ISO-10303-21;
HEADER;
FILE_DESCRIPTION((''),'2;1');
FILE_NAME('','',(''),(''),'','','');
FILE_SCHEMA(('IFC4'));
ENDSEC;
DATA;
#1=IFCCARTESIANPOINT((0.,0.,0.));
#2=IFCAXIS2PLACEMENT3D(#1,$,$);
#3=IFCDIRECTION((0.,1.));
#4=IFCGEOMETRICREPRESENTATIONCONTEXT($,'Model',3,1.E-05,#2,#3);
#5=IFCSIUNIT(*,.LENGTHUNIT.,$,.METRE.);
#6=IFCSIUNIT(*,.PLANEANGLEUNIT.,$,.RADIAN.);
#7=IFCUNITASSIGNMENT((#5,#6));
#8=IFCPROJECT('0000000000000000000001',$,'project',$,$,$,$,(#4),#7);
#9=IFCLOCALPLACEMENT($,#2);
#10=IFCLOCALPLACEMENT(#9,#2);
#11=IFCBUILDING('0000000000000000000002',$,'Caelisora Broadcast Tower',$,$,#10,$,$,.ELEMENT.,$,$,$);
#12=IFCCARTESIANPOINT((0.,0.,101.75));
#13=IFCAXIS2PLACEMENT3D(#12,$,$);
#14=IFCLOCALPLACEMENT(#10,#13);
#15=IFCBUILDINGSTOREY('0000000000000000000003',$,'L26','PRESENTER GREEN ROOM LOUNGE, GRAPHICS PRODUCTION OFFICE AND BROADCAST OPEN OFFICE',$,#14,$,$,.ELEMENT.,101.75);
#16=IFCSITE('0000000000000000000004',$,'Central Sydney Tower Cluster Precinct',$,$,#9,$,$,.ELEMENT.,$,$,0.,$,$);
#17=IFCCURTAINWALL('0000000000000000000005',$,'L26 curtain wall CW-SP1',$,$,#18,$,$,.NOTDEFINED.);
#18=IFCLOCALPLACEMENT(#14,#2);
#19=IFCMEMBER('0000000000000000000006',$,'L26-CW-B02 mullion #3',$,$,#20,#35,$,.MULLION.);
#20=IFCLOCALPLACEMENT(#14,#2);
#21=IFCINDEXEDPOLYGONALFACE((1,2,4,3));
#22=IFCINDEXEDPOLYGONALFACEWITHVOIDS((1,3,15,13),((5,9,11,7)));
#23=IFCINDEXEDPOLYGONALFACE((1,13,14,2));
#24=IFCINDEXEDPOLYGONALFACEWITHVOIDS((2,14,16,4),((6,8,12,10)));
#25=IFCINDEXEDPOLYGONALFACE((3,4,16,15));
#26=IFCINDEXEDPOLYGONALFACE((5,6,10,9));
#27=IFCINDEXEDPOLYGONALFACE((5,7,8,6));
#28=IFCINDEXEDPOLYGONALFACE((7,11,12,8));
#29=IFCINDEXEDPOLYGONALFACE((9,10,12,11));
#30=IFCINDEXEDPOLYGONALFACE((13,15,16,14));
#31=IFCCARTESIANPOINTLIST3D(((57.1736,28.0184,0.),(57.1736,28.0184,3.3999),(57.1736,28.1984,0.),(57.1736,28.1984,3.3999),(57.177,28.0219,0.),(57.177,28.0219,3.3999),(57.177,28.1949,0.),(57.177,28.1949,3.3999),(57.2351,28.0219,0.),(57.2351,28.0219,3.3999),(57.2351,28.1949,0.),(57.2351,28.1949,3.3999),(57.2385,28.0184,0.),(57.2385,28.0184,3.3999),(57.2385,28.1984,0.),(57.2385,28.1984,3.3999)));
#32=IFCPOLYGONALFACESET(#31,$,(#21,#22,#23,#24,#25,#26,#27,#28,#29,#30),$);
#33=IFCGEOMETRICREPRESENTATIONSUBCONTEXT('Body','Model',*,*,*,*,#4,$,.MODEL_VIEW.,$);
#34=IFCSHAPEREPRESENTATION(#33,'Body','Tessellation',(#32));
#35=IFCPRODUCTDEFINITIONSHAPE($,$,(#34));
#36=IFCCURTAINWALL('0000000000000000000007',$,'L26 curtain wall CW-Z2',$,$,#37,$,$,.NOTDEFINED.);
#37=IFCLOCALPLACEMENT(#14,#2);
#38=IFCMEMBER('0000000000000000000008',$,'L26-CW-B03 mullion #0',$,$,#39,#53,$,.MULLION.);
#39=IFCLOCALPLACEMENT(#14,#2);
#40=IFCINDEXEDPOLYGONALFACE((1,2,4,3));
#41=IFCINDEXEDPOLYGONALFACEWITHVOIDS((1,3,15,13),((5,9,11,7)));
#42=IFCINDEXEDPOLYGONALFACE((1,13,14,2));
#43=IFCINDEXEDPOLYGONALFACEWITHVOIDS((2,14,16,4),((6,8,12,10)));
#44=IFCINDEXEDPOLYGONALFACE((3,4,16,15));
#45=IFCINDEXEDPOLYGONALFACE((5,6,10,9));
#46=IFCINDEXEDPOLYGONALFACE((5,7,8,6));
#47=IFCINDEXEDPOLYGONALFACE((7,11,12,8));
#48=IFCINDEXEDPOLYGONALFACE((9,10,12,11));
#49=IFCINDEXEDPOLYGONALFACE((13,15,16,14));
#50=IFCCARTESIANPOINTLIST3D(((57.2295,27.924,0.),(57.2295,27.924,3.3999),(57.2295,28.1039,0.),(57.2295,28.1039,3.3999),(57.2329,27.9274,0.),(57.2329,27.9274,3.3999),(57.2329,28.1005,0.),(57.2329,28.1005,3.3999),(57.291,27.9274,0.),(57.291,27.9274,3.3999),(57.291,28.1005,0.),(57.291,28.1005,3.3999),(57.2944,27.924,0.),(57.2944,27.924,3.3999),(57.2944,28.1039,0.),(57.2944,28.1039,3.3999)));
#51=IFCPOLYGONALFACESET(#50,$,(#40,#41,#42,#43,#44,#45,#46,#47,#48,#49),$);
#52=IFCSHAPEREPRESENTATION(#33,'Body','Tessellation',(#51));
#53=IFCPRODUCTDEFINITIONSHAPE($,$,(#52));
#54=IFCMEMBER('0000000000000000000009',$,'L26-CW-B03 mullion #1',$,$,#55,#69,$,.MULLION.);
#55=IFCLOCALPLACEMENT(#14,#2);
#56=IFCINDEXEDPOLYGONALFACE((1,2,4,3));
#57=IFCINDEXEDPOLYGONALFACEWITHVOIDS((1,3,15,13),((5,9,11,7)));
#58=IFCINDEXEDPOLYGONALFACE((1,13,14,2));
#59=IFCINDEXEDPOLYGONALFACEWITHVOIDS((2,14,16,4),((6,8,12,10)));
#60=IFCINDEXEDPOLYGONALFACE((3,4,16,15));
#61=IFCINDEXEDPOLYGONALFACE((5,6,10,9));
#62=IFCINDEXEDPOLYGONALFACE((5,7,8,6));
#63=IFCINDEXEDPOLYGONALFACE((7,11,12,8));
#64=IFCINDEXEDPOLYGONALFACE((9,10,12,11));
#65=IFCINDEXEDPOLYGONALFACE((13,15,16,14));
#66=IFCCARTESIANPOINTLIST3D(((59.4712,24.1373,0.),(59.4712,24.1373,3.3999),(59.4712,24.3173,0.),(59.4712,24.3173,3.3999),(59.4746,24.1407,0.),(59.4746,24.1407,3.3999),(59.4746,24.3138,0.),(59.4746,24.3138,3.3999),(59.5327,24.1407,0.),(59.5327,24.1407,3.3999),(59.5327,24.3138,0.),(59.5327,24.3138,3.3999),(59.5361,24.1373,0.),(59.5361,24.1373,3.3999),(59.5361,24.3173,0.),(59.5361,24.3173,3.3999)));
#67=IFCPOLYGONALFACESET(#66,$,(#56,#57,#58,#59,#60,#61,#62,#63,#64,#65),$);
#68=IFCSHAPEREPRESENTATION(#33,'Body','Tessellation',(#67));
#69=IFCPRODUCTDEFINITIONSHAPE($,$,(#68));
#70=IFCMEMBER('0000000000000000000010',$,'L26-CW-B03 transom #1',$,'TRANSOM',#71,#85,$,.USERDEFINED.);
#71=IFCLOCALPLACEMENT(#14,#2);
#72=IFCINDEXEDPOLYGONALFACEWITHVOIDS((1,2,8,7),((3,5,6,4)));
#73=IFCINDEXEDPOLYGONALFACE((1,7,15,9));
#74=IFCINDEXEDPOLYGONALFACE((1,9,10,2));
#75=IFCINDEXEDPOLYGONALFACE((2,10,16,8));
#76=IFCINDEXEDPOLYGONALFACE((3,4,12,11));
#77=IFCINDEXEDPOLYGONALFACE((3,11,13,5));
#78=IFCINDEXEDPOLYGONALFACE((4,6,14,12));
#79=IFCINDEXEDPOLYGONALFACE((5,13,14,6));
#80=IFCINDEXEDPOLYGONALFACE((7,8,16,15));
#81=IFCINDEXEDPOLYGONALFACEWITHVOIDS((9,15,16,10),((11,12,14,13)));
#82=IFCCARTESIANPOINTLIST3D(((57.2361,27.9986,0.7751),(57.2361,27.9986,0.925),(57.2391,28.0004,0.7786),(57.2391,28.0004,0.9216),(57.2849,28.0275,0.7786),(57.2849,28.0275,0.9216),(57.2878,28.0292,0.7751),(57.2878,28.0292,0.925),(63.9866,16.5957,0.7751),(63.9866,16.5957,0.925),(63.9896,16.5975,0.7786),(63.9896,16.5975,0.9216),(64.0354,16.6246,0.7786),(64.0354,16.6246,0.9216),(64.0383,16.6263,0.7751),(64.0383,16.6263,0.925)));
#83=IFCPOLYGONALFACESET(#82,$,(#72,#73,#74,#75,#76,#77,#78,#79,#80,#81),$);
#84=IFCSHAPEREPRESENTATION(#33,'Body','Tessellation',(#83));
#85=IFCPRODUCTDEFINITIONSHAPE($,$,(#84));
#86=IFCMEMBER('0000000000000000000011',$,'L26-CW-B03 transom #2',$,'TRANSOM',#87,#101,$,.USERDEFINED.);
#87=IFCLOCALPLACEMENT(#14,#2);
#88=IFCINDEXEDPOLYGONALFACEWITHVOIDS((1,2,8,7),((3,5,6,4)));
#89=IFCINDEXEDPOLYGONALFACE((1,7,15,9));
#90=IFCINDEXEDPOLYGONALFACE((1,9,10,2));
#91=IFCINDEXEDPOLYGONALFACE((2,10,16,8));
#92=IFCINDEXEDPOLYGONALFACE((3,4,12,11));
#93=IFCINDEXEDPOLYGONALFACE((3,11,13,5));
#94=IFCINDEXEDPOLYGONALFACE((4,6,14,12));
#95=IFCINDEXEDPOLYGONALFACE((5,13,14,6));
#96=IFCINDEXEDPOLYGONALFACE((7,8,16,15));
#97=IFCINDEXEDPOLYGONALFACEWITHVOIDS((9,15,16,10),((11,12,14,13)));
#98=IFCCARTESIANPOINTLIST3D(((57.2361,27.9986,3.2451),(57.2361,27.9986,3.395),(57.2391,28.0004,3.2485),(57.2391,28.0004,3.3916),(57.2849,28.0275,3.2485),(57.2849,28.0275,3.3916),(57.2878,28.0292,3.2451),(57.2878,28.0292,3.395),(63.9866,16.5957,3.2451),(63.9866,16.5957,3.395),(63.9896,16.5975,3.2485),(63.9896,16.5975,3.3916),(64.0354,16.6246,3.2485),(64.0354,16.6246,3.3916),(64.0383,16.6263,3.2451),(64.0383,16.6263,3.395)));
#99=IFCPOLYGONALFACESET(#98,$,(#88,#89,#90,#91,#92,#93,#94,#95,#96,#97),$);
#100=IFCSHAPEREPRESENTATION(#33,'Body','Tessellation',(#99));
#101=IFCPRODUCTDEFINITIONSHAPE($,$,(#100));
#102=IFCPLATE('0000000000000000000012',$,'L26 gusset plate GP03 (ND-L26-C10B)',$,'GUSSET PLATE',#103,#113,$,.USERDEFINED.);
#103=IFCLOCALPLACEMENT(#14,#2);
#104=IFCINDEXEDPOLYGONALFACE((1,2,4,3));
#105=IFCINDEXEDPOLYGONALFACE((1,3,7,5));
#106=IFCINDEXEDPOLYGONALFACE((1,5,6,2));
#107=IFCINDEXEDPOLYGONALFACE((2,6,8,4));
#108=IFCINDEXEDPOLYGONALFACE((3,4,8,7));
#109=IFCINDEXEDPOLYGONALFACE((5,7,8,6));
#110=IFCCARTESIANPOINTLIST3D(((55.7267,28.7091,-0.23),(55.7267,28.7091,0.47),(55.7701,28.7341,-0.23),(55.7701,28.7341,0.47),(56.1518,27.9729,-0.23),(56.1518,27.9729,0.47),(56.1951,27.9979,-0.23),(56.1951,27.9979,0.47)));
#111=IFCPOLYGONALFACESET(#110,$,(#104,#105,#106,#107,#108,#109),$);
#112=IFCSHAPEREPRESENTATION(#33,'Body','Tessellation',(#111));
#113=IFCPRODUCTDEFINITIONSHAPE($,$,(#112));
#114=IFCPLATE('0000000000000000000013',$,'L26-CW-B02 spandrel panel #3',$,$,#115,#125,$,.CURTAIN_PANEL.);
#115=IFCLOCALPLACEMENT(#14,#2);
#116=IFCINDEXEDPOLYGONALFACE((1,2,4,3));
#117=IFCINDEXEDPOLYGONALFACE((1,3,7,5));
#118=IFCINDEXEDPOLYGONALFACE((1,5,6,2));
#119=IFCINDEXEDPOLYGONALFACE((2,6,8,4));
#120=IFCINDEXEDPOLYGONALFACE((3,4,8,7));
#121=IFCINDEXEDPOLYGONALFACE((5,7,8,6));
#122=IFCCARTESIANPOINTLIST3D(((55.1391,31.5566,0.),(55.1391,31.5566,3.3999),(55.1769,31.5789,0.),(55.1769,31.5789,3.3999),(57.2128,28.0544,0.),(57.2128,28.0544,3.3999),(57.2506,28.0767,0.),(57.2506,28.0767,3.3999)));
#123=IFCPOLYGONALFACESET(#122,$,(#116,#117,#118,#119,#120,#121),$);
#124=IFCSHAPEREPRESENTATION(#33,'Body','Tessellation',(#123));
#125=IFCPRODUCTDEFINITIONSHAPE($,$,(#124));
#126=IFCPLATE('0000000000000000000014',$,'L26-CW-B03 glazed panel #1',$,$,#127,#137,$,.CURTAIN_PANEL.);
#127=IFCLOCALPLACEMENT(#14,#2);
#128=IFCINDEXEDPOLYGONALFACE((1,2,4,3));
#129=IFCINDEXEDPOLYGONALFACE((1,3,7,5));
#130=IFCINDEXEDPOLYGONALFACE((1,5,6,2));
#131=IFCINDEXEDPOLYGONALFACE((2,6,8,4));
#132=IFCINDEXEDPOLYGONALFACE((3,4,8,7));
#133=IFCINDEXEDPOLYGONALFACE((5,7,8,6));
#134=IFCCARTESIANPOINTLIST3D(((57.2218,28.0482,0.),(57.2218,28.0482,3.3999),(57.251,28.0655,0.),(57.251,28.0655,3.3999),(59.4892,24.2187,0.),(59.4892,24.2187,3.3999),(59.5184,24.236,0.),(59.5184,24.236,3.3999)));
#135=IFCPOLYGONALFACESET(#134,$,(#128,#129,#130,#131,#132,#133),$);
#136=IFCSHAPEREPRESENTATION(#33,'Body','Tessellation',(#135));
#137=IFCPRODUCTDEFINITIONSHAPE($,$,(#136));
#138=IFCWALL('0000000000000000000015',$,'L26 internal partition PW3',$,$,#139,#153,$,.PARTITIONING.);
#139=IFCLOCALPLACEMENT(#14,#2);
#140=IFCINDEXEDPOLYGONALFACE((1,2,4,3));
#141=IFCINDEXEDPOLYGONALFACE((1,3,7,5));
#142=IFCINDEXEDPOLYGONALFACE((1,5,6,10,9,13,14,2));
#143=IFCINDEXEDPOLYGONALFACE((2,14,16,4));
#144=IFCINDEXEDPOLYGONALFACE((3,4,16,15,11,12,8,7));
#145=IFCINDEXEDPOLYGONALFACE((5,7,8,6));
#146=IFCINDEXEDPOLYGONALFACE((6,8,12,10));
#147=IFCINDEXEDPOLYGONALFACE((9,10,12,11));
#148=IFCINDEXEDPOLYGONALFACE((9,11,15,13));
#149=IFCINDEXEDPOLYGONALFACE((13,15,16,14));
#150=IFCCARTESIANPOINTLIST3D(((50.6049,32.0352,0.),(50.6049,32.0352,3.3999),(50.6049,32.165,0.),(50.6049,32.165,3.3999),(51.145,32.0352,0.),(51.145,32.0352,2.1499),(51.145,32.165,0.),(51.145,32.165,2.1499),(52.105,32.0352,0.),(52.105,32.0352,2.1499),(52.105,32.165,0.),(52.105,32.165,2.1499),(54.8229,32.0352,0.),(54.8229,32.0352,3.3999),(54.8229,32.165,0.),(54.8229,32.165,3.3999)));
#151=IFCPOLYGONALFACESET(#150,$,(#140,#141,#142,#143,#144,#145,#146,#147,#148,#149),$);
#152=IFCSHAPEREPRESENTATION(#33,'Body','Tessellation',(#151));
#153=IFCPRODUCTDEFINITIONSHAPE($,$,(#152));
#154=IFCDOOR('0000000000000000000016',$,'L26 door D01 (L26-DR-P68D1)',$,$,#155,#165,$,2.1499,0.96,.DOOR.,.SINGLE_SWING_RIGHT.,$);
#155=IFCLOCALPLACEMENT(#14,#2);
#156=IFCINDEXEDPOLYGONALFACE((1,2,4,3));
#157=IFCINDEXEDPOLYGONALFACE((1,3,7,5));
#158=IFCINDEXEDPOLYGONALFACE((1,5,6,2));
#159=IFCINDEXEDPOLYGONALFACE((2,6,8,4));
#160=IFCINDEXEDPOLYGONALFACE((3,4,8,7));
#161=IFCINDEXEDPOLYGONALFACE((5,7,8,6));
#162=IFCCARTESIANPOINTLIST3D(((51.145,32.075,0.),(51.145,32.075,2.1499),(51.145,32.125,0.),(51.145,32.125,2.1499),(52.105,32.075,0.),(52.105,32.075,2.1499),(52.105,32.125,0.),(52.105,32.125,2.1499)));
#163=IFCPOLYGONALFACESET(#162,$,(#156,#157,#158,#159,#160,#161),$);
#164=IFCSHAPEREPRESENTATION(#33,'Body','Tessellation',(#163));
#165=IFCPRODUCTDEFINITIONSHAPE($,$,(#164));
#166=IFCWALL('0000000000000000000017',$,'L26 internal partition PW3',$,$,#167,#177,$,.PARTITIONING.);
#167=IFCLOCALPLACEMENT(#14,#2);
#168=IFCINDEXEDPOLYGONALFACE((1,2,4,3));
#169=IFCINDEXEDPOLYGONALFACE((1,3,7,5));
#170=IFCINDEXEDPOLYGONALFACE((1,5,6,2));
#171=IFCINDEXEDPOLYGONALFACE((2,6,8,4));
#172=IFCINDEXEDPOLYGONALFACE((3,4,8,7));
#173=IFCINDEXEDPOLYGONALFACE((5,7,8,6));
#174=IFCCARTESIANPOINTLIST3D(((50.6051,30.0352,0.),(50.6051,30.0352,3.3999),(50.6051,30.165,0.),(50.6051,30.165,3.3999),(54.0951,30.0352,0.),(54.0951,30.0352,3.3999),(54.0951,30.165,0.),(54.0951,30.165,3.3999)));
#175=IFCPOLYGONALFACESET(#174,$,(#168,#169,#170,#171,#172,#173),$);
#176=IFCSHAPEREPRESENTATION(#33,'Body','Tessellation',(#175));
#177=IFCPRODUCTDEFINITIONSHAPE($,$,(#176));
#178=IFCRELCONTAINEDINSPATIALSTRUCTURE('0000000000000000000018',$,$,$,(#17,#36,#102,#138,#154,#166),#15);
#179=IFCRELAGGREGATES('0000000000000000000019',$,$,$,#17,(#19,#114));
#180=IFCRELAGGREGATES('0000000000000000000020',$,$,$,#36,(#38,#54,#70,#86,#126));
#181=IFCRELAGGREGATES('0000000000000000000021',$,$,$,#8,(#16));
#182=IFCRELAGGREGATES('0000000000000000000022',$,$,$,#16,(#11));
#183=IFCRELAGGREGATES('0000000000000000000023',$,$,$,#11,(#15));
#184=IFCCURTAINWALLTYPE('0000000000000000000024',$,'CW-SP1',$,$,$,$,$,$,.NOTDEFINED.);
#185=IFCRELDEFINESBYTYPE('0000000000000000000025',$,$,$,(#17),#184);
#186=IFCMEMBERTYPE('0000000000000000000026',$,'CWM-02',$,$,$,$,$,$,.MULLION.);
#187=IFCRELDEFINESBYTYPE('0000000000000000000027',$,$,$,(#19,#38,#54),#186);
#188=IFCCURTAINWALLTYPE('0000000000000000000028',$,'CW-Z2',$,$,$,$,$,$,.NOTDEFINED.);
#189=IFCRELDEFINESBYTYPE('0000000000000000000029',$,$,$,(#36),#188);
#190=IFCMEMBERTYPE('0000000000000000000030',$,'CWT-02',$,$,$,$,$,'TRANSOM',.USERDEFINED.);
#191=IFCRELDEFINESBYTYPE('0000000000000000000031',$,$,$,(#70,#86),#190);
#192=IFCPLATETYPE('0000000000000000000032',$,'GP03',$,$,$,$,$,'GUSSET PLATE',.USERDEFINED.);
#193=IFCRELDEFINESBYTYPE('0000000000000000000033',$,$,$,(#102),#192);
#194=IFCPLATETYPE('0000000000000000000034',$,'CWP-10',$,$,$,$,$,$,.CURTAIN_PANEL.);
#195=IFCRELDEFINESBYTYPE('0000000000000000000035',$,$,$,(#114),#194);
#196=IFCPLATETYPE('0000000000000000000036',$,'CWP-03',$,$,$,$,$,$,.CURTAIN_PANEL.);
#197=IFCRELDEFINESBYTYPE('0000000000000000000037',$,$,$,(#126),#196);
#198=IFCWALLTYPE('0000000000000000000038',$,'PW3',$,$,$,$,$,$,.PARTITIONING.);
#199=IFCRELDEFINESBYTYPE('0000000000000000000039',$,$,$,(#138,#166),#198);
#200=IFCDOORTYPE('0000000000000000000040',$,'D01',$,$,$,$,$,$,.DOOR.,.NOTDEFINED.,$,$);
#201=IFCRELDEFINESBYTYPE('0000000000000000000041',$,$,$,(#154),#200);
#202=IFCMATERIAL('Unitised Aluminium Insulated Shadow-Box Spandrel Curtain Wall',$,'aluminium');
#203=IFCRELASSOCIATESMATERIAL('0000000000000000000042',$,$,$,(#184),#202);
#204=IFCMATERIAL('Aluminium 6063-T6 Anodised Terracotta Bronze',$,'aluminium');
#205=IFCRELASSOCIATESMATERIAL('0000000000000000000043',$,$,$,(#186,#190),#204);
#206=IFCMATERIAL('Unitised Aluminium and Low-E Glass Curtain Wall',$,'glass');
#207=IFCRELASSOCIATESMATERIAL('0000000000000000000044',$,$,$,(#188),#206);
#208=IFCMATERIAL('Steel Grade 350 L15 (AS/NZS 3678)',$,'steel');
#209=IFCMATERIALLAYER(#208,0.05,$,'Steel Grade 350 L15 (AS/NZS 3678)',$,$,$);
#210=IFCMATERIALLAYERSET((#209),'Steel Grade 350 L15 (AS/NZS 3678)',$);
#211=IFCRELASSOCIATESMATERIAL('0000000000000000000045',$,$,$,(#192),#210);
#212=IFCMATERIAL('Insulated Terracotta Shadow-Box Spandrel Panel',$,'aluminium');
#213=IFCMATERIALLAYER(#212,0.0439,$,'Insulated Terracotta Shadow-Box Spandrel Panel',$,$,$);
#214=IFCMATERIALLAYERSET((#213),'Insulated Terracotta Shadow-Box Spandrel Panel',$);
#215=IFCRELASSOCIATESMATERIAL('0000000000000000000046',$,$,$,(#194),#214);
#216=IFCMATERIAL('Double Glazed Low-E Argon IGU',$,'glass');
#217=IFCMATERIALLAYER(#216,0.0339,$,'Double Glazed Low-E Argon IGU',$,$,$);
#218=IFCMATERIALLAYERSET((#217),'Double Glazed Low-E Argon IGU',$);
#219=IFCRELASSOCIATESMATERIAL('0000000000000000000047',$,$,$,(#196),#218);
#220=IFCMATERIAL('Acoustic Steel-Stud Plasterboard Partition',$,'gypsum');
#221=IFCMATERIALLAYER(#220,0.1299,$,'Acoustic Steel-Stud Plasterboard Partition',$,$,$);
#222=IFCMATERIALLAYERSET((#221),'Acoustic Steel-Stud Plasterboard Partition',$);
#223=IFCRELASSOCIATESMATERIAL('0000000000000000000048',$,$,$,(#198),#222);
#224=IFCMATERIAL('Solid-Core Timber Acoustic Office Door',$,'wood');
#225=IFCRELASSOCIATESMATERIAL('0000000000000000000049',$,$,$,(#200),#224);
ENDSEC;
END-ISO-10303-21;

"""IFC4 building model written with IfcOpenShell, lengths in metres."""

from ifc_helpers import new_model, si_unit, direction, frame, frame_2d, origin, origin_2d, place, context, subcontext, project, spatial, rectangle, hollow_rectangle, extrude, source, transform, mapped, material, layer, layer_set, material_profile, profile_set, type_object, type_shapes, element, fill, aggregate, save


model = new_model("IFC4")

# Units and contexts
model_context = context("Model", 3, precision=1e-05, world=origin(), true_north=direction((0.0, 1.0)))
body_context = subcontext(model_context, "Body", "Model", "MODEL_VIEW")
ifc_project = project(units=[si_unit("LENGTHUNIT", "METRE"), si_unit("PLANEANGLEUNIT", "RADIAN")], contexts=[model_context])

# Site, building, storey
site_placement = place(None, origin())
site = spatial("IfcSite", under=ifc_project, at=site_placement, Name="Central Sydney Tower Cluster Precinct", CompositionType="ELEMENT", RefElevation=0.0)
building_placement = place(site_placement, origin())
building = spatial("IfcBuilding", under=site, at=building_placement, Name="Caelisora Broadcast Tower", CompositionType="ELEMENT")
storey_placement = place(building_placement, frame((0.0, 0.0, 101.75)))
storey = spatial("IfcBuildingStorey", under=building, at=storey_placement, Name="L26", Description="PRESENTER GREEN ROOM LOUNGE, GRAPHICS PRODUCTION OFFICE AND BROADCAST OPEN OFFICE", CompositionType="ELEMENT", Elevation=101.75)

# Shared definitions
ifc_material_1 = material(Name="Steel Grade 350 L15 (AS/NZS 3678)", Category="steel")

# Curtain walls, members
ifc_material_2 = material(Name="Unitised Aluminium Insulated Shadow-Box Spandrel Curtain Wall", Category="aluminium")
curtain_wall_type_1 = type_object("IfcCurtainWallType", Name="CW-SP1", PredefinedType="NOTDEFINED", material=ifc_material_2)
curtain_wall_1_placement = place(storey_placement, origin())
curtain_wall_1 = element("IfcCurtainWall", 1, at=curtain_wall_1_placement, inside=storey, type_object=curtain_wall_type_1, Name="L26 curtain wall CW-SP1", PredefinedType="NOTDEFINED")
ifc_material_3 = material(Name="Aluminium 6063-T6 Anodised Terracotta Bronze", Category="aluminium")
ifc_material_profile_1 = material_profile(ifc_material_3, hollow_rectangle(XDim=0.0649, YDim=0.1799, WallThickness=0.0034, at=origin_2d()), Name="Aluminium 6063-T6 Anodised Terracotta Bronze")
ifc_profile_set_1 = profile_set([ifc_material_profile_1], Name="Aluminium 6063-T6 Anodised Terracotta Bronze")
member_type_1 = type_object("IfcMemberType", Name="CWM-02", PredefinedType="MULLION", material=ifc_profile_set_1)
shared_shape_1 = source(origin(), body_context, "Body", "SweptSolid", [
    extrude(hollow_rectangle(XDim=0.0649, YDim=0.1799, WallThickness=0.0034, at=origin_2d()), origin(), (0.0, 0.0, 1.0), 3.3999),
])
type_shapes(member_type_1, [shared_shape_1])
member_1_placement = place(storey_placement, frame((57.2061, 28.1084, 0.0), z_axis=(0.0, 0.0, 1.0), x_axis=(1.0, 0.0, 0.0)))
member_1 = element("IfcMember", 2, at=member_1_placement, type_object=member_type_1, Name="L26-CW-B02 mullion #3", PredefinedType="MULLION", context=body_context, shape_type="MappedRepresentation", body=[
    mapped(shared_shape_1, transform((0.0, 0.0, 0.0), scale=1.0)),
])
ifc_material_4 = material(Name="Unitised Aluminium and Low-E Glass Curtain Wall", Category="glass")
curtain_wall_type_2 = type_object("IfcCurtainWallType", Name="CW-Z2", PredefinedType="NOTDEFINED", material=ifc_material_4)
curtain_wall_2_placement = place(storey_placement, origin())
curtain_wall_2 = element("IfcCurtainWall", 3, at=curtain_wall_2_placement, inside=storey, type_object=curtain_wall_type_2, Name="L26 curtain wall CW-Z2", PredefinedType="NOTDEFINED")
member_2_placement = place(storey_placement, frame((57.262, 28.0139, 0.0), z_axis=(0.0, 0.0, 1.0), x_axis=(1.0, 0.0, 0.0)))
member_2 = element("IfcMember", 4, at=member_2_placement, type_object=member_type_1, Name="L26-CW-B03 mullion #0", PredefinedType="MULLION", context=body_context, shape_type="MappedRepresentation", body=[
    mapped(shared_shape_1, transform((0.0, 0.0, 0.0), scale=1.0)),
])
member_3_placement = place(storey_placement, frame((59.5037, 24.2273, 0.0), z_axis=(0.0, 0.0, 1.0), x_axis=(1.0, 0.0, 0.0)))
member_3 = element("IfcMember", 5, at=member_3_placement, type_object=member_type_1, Name="L26-CW-B03 mullion #1", PredefinedType="MULLION", context=body_context, shape_type="MappedRepresentation", body=[
    mapped(shared_shape_1, transform((0.0, 0.0, 0.0), scale=1.0)),
])
ifc_material_profile_2 = material_profile(ifc_material_3, hollow_rectangle(XDim=0.0601, YDim=0.1499, WallThickness=0.0034, at=origin_2d()), Name="Aluminium 6063-T6 Anodised Terracotta Bronze")
ifc_profile_set_2 = profile_set([ifc_material_profile_2], Name="Aluminium 6063-T6 Anodised Terracotta Bronze")
member_type_2 = type_object("IfcMemberType", Name="CWT-02", ElementType="TRANSOM", PredefinedType="USERDEFINED", material=ifc_profile_set_2)
shared_shape_2 = source(origin(), body_context, "Body", "SweptSolid", [
    extrude(hollow_rectangle(XDim=0.0601, YDim=0.1499, WallThickness=0.0034, at=origin_2d()), origin(), (0.0, 0.0, 1.0), 13.2512),
])
type_shapes(member_type_2, [shared_shape_2])
member_4_placement = place(storey_placement, frame((57.262, 28.0139, 0.8501), z_axis=(0.509426, -0.860515, 0.0), x_axis=(0.860515, 0.509426, 0.0)))
member_4 = element("IfcMember", 6, at=member_4_placement, type_object=member_type_2, Name="L26-CW-B03 transom #1", ObjectType="TRANSOM", PredefinedType="USERDEFINED", context=body_context, shape_type="MappedRepresentation", body=[
    mapped(shared_shape_2, transform((0.0, 0.0, 0.0), scale=1.0)),
])
member_5_placement = place(storey_placement, frame((57.262, 28.0139, 3.3201), z_axis=(0.509426, -0.860515, 0.0), x_axis=(0.860515, 0.509426, 0.0)))
member_5 = element("IfcMember", 7, at=member_5_placement, type_object=member_type_2, Name="L26-CW-B03 transom #2", ObjectType="TRANSOM", PredefinedType="USERDEFINED", context=body_context, shape_type="MappedRepresentation", body=[
    mapped(shared_shape_2, transform((0.0, 0.0, 0.0), scale=1.0)),
])

# Plates
ifc_layer_1 = layer(ifc_material_1, 0.05, Name="Steel Grade 350 L15 (AS/NZS 3678)")
ifc_layer_set_1 = layer_set([ifc_layer_1], Name="Steel Grade 350 L15 (AS/NZS 3678)")
plate_type_1 = type_object("IfcPlateType", Name="GP03", ElementType="GUSSET PLATE", PredefinedType="USERDEFINED", material=ifc_layer_set_1)
shared_shape_3 = source(origin(), body_context, "Body", "SweptSolid", [
    extrude(rectangle(XDim=0.8501, YDim=0.05, at=origin_2d()), origin(), (0.0, 0.0, 1.0), 0.7),
])
type_shapes(plate_type_1, [shared_shape_3])
plate_1_placement = place(storey_placement, frame((55.9609, 28.3535, -0.23), z_axis=(0.0, 0.0, 1.0), x_axis=(-0.5, 0.866025, 0.0)))
element("IfcPlate", 8, at=plate_1_placement, inside=storey, type_object=plate_type_1, Name="L26 gusset plate GP03 (ND-L26-C10B)", ObjectType="GUSSET PLATE", PredefinedType="USERDEFINED", context=body_context, shape_type="MappedRepresentation", body=[
    mapped(shared_shape_3, transform((0.0, 0.0, 0.0), scale=1.0)),
])
ifc_material_5 = material(Name="Insulated Terracotta Shadow-Box Spandrel Panel", Category="aluminium")
ifc_layer_2 = layer(ifc_material_5, 0.0439, Name="Insulated Terracotta Shadow-Box Spandrel Panel")
ifc_layer_set_2 = layer_set([ifc_layer_2], Name="Insulated Terracotta Shadow-Box Spandrel Panel")
plate_type_2 = type_object("IfcPlateType", Name="CWP-10", PredefinedType="CURTAIN_PANEL", material=ifc_layer_set_2)
shared_shape_4 = source(origin(), body_context, "Body", "SweptSolid", [
    extrude(rectangle(XDim=4.0701, YDim=0.0439, at=origin_2d()), origin(), (0.0, 0.0, 1.0), 3.3999),
])
type_shapes(plate_type_2, [shared_shape_4])
plate_2_placement = place(storey_placement, frame((56.1948, 29.8167, 0.0), z_axis=(0.0, 0.0, 1.0), x_axis=(0.509492, -0.860475, 0.0)))
plate_2 = element("IfcPlate", 9, at=plate_2_placement, type_object=plate_type_2, Name="L26-CW-B02 spandrel panel #3", PredefinedType="CURTAIN_PANEL", context=body_context, shape_type="MappedRepresentation", body=[
    mapped(shared_shape_4, transform((0.0, 0.0, 0.0), scale=1.0)),
])
aggregate(curtain_wall_1, [member_1, plate_2])
ifc_material_6 = material(Name="Double Glazed Low-E Argon IGU", Category="glass")
ifc_layer_3 = layer(ifc_material_6, 0.0339, Name="Double Glazed Low-E Argon IGU")
ifc_layer_set_3 = layer_set([ifc_layer_3], Name="Double Glazed Low-E Argon IGU")
plate_type_3 = type_object("IfcPlateType", Name="CWP-03", PredefinedType="CURTAIN_PANEL", material=ifc_layer_set_3)
shared_shape_5 = source(origin(), body_context, "Body", "SweptSolid", [
    extrude(rectangle(XDim=4.4504, YDim=0.0339, at=origin_2d()), origin(), (0.0, 0.0, 1.0), 3.3999),
])
type_shapes(plate_type_3, [shared_shape_5])
plate_3_placement = place(storey_placement, frame((58.3701, 26.1421, 0.0), z_axis=(0.0, 0.0, 1.0), x_axis=(0.509492, -0.860475, 0.0)))
plate_3 = element("IfcPlate", 10, at=plate_3_placement, type_object=plate_type_3, Name="L26-CW-B03 glazed panel #1", PredefinedType="CURTAIN_PANEL", context=body_context, shape_type="MappedRepresentation", body=[
    mapped(shared_shape_5, transform((0.0, 0.0, 0.0), scale=1.0)),
])
aggregate(curtain_wall_2, [member_2, member_3, member_4, member_5, plate_3])

# Wall, opening, door
ifc_material_7 = material(Name="Acoustic Steel-Stud Plasterboard Partition", Category="gypsum")
ifc_layer_4 = layer(ifc_material_7, 0.1299, Name="Acoustic Steel-Stud Plasterboard Partition")
ifc_layer_set_4 = layer_set([ifc_layer_4], Name="Acoustic Steel-Stud Plasterboard Partition")
wall_type_1 = type_object("IfcWallType", Name="PW3", PredefinedType="PARTITIONING", material=ifc_layer_set_4)
wall_1_placement = place(storey_placement, frame((50.605, 32.1001, 0.0), z_axis=(0.0, 0.0, 1.0), x_axis=(1.0, 0.0, 0.0)))
wall_1 = element("IfcWall", 11, at=wall_1_placement, inside=storey, type_object=wall_type_1, Name="L26 internal partition PW3", PredefinedType="PARTITIONING", context=body_context, shape_type="SweptSolid", body=[
    extrude(rectangle(XDim=4.218, YDim=0.1299, at=frame_2d((2.1089, 0.0))), origin(), (0.0, 0.0, 1.0), 3.3999),
])
opening_placement = place(wall_1_placement, frame((0.54, 0.0, 0.0)))
opening = element("IfcOpeningElement", 12, at=opening_placement, cuts=wall_1, PredefinedType="OPENING", context=body_context, shape_type="SweptSolid", body=[
    extrude(rectangle(XDim=0.96, YDim=2.1499, at=frame_2d((0.48, 1.075))), frame((0.0, 0.0769, 0.0), z_axis=(0.0, -1.0, 0.0), x_axis=(1.0, 0.0, 0.0)), (0.0, 0.0, 1.0), 0.1538),
])
ifc_material_8 = material(Name="Solid-Core Timber Acoustic Office Door", Category="wood")
door_type = type_object("IfcDoorType", Name="D01", OperationType="NOTDEFINED", PredefinedType="DOOR", material=ifc_material_8)
door_placement = place(opening_placement, origin())
door = element("IfcDoor", 13, at=door_placement, inside=storey, type_object=door_type, Name="L26 door D01 (L26-DR-P68D1)", OperationType="SINGLE_SWING_RIGHT", OverallHeight=2.1499, OverallWidth=0.96, PredefinedType="DOOR", context=body_context, shape_type="SweptSolid", body=[
    extrude(rectangle(XDim=0.96, YDim=2.1499, at=frame_2d((0.48, 1.075))), frame((0.0, 0.0249, 0.0), z_axis=(0.0, -1.0, 0.0), x_axis=(1.0, 0.0, 0.0)), (0.0, 0.0, 1.0), 0.05),
])
fill(opening, door)

# Wall
wall_2_placement = place(storey_placement, frame((50.605, 30.1001, 0.0), z_axis=(0.0, 0.0, 1.0), x_axis=(1.0, 0.0, 0.0)))
element("IfcWall", 14, at=wall_2_placement, inside=storey, type_object=wall_type_1, Name="L26 internal partition PW3", PredefinedType="PARTITIONING", context=body_context, shape_type="SweptSolid", body=[
    extrude(rectangle(XDim=3.49, YDim=0.1299, at=frame_2d((1.7451, 0.0))), origin(), (0.0, 0.0, 1.0), 3.3999),
])

save(model, "model.ifc")
